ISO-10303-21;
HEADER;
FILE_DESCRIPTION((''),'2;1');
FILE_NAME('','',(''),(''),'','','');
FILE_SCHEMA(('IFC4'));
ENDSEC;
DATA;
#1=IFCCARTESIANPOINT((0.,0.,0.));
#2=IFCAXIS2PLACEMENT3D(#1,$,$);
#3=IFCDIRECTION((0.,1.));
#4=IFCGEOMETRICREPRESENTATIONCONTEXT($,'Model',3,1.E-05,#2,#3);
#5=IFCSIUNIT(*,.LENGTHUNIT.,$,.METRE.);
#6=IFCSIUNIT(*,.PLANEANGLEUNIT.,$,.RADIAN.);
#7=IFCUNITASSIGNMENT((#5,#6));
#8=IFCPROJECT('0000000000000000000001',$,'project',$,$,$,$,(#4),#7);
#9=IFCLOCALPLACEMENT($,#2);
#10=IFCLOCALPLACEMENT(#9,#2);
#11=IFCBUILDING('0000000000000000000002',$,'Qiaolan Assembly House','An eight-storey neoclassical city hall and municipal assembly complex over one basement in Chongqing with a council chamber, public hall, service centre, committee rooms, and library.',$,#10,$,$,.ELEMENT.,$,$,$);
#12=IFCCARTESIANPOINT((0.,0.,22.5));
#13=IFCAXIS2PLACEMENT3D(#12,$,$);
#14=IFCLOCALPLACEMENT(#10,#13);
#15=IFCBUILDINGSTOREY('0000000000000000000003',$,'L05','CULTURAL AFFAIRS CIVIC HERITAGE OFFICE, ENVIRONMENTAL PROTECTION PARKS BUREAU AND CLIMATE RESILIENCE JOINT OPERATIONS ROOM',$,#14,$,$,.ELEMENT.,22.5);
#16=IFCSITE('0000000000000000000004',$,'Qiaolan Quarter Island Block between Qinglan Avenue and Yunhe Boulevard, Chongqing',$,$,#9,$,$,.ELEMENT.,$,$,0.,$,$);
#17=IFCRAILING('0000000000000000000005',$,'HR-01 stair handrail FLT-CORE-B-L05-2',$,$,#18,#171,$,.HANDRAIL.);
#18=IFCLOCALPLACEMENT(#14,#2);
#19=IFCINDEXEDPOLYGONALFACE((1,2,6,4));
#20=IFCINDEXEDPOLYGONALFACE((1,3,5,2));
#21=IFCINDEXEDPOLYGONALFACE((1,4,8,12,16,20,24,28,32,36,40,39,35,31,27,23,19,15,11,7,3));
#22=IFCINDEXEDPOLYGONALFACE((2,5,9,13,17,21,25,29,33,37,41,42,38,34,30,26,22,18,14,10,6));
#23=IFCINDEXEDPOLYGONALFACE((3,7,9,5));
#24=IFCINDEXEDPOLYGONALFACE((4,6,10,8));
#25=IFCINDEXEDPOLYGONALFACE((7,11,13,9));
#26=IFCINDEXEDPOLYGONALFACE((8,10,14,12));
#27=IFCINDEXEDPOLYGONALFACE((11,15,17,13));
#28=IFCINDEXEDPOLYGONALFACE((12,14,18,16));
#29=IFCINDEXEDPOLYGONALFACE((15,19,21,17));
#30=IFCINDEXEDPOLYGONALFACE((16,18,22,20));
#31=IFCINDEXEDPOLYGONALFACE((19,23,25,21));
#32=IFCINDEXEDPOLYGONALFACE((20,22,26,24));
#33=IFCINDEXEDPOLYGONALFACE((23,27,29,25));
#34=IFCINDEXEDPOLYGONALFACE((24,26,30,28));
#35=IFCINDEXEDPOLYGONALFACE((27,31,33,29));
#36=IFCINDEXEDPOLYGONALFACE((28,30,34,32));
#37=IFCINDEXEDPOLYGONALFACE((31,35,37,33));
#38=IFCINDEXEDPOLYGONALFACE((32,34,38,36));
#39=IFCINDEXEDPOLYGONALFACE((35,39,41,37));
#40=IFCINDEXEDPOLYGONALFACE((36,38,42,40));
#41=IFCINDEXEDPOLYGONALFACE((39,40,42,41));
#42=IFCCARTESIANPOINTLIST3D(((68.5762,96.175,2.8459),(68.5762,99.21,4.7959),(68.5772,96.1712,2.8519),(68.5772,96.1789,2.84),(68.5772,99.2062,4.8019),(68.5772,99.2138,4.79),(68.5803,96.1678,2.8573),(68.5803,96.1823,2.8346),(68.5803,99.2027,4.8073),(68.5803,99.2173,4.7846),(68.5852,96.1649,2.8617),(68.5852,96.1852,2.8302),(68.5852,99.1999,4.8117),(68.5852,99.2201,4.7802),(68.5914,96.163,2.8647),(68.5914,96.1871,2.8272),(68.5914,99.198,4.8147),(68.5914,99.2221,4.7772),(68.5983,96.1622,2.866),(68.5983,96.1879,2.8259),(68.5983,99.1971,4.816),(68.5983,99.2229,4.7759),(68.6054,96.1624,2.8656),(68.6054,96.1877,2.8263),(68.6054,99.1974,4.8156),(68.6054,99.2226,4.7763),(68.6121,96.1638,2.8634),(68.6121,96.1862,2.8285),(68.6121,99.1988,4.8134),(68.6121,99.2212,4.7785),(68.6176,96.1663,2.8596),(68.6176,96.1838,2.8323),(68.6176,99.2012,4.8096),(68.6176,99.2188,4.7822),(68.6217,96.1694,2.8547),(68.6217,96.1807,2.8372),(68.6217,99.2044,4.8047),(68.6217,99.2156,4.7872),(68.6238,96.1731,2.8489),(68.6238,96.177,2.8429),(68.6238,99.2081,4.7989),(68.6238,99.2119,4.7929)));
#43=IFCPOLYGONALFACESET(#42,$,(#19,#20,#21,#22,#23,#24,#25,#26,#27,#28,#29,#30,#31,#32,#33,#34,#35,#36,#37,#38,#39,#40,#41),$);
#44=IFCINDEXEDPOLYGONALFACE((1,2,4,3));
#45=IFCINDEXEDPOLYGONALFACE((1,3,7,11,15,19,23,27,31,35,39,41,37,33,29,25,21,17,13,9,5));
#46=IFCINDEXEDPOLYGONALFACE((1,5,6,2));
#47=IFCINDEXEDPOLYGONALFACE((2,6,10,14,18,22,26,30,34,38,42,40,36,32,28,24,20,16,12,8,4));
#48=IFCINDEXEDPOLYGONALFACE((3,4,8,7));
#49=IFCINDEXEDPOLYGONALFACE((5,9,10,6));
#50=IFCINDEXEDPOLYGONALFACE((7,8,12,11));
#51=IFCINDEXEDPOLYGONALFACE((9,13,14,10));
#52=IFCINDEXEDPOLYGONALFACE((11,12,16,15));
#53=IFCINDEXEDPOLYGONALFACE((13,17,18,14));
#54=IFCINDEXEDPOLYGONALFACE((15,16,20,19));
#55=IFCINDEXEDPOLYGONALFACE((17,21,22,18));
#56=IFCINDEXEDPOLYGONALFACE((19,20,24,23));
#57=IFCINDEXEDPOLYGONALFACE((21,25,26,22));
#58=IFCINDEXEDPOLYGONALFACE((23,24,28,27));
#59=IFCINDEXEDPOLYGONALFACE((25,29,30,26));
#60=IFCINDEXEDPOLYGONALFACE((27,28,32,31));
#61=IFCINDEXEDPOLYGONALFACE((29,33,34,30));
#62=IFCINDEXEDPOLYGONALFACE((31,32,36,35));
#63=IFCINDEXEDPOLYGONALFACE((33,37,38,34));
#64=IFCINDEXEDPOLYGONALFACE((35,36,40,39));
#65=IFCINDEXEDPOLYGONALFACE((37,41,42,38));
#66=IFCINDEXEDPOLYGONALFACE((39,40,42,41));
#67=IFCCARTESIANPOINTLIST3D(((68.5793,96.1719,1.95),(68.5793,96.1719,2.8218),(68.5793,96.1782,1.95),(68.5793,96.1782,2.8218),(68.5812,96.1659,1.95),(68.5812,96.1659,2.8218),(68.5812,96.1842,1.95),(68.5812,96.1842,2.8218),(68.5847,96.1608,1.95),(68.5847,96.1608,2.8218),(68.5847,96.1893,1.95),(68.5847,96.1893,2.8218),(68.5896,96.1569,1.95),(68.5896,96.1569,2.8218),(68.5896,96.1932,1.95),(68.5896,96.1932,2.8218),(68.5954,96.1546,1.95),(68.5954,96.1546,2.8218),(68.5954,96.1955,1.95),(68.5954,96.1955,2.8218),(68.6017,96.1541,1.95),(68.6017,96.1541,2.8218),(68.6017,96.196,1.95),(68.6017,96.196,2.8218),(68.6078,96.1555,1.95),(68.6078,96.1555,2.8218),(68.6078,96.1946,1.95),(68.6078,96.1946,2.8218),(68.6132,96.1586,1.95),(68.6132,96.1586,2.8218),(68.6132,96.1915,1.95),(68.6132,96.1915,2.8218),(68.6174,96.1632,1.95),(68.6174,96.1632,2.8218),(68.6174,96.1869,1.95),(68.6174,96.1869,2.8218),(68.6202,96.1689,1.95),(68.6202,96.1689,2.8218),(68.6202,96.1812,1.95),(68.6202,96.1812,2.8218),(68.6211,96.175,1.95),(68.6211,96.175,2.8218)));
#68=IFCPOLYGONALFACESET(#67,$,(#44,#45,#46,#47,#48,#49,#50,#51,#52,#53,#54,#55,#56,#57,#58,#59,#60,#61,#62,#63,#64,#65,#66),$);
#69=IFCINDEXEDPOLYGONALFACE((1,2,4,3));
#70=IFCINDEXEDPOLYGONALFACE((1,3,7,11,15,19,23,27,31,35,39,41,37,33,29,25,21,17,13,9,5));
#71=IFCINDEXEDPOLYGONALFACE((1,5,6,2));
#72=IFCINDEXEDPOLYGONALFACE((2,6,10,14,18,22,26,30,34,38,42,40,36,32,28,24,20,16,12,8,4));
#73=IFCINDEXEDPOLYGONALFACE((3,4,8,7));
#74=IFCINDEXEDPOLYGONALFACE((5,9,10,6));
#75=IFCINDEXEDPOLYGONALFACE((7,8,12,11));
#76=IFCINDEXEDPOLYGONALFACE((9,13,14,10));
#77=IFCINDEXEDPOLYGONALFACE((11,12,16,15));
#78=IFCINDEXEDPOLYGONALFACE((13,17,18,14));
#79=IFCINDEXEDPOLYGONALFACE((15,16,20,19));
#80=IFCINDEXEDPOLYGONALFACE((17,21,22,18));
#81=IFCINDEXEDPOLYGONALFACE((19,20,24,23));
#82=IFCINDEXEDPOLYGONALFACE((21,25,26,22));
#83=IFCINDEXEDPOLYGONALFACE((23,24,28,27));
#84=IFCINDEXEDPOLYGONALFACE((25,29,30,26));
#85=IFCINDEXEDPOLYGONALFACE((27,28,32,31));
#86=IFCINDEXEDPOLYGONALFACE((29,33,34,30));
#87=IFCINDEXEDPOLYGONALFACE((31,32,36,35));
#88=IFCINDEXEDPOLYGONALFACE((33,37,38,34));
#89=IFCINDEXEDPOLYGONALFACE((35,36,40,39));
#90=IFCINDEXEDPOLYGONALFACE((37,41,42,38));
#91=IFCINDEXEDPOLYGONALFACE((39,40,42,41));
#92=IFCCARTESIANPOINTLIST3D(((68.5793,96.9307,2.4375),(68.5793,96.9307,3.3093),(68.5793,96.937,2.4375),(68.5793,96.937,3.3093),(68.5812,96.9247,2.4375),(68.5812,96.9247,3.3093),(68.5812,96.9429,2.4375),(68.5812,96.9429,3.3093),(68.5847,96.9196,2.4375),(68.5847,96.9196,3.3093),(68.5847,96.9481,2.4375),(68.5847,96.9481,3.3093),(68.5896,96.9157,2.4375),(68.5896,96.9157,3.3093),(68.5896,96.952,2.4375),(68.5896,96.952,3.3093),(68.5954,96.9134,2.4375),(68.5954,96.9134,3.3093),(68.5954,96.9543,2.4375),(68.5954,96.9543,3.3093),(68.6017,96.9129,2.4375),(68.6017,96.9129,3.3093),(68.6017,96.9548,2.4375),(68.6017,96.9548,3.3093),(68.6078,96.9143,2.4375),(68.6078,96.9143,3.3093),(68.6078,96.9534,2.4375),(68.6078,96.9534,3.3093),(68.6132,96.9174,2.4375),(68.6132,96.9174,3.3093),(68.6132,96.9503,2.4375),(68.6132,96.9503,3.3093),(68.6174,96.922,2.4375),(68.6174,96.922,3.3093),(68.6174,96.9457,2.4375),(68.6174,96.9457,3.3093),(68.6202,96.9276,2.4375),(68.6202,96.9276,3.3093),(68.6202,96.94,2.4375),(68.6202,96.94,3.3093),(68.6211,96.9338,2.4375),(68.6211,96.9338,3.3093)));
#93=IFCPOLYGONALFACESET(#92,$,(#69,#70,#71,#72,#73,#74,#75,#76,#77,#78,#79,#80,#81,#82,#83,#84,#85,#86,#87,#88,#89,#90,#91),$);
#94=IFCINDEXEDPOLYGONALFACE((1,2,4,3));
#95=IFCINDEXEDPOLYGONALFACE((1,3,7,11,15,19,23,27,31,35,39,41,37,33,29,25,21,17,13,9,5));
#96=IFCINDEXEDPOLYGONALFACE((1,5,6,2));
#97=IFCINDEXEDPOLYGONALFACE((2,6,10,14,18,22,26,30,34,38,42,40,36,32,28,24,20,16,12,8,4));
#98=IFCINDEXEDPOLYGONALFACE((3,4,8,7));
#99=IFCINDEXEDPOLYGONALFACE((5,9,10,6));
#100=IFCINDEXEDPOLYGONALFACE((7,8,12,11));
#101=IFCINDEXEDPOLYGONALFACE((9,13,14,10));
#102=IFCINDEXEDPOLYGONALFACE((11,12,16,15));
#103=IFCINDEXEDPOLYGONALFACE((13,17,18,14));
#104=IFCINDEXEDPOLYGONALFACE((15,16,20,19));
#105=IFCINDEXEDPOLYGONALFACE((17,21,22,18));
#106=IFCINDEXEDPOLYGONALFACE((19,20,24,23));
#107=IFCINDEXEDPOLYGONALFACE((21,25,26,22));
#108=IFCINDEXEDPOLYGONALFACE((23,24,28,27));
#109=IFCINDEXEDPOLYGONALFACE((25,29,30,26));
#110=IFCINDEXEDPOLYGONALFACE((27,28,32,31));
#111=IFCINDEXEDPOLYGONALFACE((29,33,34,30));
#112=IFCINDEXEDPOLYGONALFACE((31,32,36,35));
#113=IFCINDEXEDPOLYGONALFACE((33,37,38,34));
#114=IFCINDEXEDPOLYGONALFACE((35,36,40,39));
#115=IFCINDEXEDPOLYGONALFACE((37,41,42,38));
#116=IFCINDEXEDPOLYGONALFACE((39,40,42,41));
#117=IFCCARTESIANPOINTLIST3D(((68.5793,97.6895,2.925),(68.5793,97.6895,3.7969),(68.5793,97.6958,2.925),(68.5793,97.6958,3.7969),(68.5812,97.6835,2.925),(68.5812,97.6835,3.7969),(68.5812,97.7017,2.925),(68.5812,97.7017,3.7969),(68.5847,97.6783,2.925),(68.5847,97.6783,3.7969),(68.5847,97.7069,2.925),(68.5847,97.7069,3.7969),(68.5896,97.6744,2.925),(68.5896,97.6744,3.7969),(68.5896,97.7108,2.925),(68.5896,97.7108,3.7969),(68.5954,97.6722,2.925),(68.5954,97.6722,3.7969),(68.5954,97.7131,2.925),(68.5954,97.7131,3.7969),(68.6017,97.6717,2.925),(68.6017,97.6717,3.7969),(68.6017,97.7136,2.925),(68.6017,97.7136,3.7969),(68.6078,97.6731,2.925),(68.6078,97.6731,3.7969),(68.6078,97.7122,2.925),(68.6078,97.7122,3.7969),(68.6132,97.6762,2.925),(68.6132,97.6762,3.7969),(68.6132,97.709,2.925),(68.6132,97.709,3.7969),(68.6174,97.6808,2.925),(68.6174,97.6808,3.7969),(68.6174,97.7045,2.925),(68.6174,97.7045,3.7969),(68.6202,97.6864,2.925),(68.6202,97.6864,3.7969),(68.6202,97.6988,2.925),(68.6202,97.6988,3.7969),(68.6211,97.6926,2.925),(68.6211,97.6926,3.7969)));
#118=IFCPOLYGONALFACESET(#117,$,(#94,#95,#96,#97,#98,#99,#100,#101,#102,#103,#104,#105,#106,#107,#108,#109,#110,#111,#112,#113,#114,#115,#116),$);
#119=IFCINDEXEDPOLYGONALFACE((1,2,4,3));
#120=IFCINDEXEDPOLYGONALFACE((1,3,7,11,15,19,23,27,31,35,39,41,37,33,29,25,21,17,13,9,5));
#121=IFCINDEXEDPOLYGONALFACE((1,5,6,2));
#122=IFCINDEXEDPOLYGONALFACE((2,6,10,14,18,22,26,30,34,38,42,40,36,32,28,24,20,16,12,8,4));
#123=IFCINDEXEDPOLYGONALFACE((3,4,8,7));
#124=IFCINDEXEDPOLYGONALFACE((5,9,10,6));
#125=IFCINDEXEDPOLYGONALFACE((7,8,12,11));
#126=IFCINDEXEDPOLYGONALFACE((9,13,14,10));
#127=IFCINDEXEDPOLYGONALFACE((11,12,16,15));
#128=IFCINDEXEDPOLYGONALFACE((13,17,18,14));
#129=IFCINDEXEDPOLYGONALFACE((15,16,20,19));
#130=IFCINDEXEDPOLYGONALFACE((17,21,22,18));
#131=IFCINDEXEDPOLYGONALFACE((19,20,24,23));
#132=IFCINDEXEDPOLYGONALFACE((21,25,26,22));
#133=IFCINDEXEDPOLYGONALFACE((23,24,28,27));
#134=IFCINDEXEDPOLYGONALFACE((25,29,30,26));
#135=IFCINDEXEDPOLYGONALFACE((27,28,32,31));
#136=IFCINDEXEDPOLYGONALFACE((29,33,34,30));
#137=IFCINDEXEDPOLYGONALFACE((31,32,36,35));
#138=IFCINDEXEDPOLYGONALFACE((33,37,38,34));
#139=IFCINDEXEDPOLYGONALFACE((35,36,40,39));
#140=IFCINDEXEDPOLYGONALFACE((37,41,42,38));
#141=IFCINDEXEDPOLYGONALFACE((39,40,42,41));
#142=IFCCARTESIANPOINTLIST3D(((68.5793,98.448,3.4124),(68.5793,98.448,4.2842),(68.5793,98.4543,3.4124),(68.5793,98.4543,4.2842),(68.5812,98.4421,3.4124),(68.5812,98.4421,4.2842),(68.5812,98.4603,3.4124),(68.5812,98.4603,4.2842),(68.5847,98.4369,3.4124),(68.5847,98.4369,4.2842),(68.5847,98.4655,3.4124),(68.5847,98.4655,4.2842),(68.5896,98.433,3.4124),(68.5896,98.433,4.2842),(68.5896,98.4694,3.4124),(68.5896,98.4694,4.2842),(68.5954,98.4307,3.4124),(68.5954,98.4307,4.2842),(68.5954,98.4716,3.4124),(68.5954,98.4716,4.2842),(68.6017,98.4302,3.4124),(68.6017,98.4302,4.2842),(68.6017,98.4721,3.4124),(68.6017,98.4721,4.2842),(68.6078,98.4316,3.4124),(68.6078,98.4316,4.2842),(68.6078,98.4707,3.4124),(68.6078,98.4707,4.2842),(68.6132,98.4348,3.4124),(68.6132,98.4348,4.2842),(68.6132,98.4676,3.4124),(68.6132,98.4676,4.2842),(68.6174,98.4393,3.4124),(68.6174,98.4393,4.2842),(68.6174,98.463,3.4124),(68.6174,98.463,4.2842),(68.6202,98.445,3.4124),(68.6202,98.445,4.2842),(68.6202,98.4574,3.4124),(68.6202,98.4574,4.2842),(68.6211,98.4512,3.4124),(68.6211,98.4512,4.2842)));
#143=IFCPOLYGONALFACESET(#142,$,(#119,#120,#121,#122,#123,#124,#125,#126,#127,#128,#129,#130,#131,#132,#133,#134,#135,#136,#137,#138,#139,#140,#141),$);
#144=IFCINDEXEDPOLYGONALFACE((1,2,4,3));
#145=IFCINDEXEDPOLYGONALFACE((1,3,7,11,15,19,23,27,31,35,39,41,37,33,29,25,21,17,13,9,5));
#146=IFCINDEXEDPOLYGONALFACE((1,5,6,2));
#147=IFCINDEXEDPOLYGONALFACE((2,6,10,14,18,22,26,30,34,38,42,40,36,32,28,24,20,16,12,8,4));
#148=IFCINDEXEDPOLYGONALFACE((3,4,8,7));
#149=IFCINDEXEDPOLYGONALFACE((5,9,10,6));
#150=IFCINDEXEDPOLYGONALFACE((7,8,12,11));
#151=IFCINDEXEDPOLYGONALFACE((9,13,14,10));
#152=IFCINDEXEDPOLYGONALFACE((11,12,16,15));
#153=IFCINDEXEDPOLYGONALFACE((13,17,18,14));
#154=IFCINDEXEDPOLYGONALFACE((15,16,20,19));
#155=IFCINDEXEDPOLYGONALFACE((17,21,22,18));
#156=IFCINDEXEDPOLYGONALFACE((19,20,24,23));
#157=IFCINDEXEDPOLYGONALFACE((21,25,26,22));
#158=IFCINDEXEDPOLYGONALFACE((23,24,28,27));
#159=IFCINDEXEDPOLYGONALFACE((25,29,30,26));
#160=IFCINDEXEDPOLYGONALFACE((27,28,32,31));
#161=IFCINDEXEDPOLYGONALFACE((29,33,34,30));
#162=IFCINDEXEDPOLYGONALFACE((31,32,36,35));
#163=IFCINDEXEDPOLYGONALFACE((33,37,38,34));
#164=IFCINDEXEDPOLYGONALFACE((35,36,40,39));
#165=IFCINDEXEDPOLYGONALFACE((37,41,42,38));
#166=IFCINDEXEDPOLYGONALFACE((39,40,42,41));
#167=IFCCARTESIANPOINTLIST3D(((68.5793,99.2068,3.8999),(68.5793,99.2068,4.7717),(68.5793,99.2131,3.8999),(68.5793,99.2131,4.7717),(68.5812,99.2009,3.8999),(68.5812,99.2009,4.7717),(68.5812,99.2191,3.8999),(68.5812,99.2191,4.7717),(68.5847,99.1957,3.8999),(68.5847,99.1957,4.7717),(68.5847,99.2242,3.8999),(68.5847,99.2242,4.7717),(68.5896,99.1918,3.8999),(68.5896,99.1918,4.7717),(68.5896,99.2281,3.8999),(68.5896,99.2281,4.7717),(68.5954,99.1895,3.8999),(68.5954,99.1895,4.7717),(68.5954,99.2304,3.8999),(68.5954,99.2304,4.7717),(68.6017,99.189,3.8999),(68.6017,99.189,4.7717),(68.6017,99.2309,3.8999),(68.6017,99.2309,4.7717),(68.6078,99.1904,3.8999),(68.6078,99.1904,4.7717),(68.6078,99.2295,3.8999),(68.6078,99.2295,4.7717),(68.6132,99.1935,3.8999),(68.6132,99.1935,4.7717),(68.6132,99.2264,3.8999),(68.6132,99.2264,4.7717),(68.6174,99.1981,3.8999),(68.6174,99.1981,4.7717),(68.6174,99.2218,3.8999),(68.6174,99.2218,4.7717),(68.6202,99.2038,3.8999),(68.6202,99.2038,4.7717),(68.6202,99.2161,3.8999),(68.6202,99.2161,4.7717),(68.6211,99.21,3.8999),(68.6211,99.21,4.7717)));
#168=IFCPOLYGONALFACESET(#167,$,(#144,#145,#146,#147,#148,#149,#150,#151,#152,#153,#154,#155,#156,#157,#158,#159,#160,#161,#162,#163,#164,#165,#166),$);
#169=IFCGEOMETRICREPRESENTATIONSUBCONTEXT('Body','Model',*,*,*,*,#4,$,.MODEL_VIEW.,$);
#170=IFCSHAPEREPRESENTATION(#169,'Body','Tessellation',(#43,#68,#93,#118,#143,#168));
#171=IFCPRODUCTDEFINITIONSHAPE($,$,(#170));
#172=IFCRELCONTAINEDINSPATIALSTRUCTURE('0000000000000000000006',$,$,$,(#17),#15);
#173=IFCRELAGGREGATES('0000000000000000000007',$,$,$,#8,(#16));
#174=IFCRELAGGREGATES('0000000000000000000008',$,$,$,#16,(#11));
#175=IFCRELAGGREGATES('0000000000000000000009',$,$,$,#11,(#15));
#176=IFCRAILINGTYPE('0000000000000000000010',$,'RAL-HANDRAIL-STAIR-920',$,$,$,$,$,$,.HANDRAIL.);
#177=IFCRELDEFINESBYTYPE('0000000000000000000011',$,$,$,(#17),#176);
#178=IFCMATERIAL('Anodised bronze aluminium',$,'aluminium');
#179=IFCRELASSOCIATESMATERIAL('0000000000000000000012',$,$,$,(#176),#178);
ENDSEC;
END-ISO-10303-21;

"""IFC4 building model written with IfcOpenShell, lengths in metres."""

from ifc_helpers import new_model, si_unit, direction, frame, origin, origin_2d, place, context, subcontext, project, spatial, circle, extrude, material, type_object, element, save


model = new_model("IFC4")

# Units and contexts
model_context = context("Model", 3, precision=1e-05, world=origin(), true_north=direction((0.0, 1.0)))
body_context = subcontext(model_context, "Body", "Model", "MODEL_VIEW")
ifc_project = project(units=[si_unit("LENGTHUNIT", "METRE"), si_unit("PLANEANGLEUNIT", "RADIAN")], contexts=[model_context])

# Site, building, storey
site_placement = place(None, origin())
site = spatial("IfcSite", under=ifc_project, at=site_placement, Name="Qiaolan Quarter Island Block between Qinglan Avenue and Yunhe Boulevard, Chongqing", CompositionType="ELEMENT", RefElevation=0.0)
building_placement = place(site_placement, origin())
building = spatial("IfcBuilding", under=site, at=building_placement, Name="Qiaolan Assembly House", Description="An eight-storey neoclassical city hall and municipal assembly complex over one basement in Chongqing with a council chamber, public hall, service centre, committee rooms, and library.", CompositionType="ELEMENT")
storey_placement = place(building_placement, frame((0.0, 0.0, 22.5)))
storey = spatial("IfcBuildingStorey", under=building, at=storey_placement, Name="L05", Description="CULTURAL AFFAIRS CIVIC HERITAGE OFFICE, ENVIRONMENTAL PROTECTION PARKS BUREAU AND CLIMATE RESILIENCE JOINT OPERATIONS ROOM", CompositionType="ELEMENT", Elevation=22.5)

# Shared definitions
ifc_material_1 = material(Name="Anodised bronze aluminium", Category="aluminium")

# Railing
railing_type_1 = type_object("IfcRailingType", Name="RAL-HANDRAIL-STAIR-920", PredefinedType="HANDRAIL", material=ifc_material_1)
railing_1_placement = place(storey_placement, frame((68.6001, 96.175, 1.95)))
element("IfcRailing", 1, at=railing_1_placement, inside=storey, type_object=railing_type_1, Name="HR-01 stair handrail FLT-CORE-B-L05-2", PredefinedType="HANDRAIL", context=body_context, shape_type="SweptSolid", body=[
    extrude(circle(Radius=0.0239, at=origin_2d()), frame((0.0, 0.0, 0.896), z_axis=(0.0, 0.841313, 0.540549), x_axis=(-1.0, 0.0, 0.0)), (0.0, 0.0, 1.0), 3.6074),
    extrude(circle(Radius=0.021, at=origin_2d()), origin(), (0.0, 0.0, 1.0), 0.8718),
    extrude(circle(Radius=0.021, at=origin_2d()), frame((0.0, 0.7588, 0.4875)), (0.0, 0.0, 1.0), 0.8718),
    extrude(circle(Radius=0.021, at=origin_2d()), frame((0.0, 1.5176, 0.9751)), (0.0, 0.0, 1.0), 0.8718),
    extrude(circle(Radius=0.021, at=origin_2d()), frame((0.0, 2.2761, 1.4624)), (0.0, 0.0, 1.0), 0.8718),
    extrude(circle(Radius=0.021, at=origin_2d()), frame((0.0, 3.0349, 1.95)), (0.0, 0.0, 1.0), 0.8718),
])

save(model, "model.ifc")
